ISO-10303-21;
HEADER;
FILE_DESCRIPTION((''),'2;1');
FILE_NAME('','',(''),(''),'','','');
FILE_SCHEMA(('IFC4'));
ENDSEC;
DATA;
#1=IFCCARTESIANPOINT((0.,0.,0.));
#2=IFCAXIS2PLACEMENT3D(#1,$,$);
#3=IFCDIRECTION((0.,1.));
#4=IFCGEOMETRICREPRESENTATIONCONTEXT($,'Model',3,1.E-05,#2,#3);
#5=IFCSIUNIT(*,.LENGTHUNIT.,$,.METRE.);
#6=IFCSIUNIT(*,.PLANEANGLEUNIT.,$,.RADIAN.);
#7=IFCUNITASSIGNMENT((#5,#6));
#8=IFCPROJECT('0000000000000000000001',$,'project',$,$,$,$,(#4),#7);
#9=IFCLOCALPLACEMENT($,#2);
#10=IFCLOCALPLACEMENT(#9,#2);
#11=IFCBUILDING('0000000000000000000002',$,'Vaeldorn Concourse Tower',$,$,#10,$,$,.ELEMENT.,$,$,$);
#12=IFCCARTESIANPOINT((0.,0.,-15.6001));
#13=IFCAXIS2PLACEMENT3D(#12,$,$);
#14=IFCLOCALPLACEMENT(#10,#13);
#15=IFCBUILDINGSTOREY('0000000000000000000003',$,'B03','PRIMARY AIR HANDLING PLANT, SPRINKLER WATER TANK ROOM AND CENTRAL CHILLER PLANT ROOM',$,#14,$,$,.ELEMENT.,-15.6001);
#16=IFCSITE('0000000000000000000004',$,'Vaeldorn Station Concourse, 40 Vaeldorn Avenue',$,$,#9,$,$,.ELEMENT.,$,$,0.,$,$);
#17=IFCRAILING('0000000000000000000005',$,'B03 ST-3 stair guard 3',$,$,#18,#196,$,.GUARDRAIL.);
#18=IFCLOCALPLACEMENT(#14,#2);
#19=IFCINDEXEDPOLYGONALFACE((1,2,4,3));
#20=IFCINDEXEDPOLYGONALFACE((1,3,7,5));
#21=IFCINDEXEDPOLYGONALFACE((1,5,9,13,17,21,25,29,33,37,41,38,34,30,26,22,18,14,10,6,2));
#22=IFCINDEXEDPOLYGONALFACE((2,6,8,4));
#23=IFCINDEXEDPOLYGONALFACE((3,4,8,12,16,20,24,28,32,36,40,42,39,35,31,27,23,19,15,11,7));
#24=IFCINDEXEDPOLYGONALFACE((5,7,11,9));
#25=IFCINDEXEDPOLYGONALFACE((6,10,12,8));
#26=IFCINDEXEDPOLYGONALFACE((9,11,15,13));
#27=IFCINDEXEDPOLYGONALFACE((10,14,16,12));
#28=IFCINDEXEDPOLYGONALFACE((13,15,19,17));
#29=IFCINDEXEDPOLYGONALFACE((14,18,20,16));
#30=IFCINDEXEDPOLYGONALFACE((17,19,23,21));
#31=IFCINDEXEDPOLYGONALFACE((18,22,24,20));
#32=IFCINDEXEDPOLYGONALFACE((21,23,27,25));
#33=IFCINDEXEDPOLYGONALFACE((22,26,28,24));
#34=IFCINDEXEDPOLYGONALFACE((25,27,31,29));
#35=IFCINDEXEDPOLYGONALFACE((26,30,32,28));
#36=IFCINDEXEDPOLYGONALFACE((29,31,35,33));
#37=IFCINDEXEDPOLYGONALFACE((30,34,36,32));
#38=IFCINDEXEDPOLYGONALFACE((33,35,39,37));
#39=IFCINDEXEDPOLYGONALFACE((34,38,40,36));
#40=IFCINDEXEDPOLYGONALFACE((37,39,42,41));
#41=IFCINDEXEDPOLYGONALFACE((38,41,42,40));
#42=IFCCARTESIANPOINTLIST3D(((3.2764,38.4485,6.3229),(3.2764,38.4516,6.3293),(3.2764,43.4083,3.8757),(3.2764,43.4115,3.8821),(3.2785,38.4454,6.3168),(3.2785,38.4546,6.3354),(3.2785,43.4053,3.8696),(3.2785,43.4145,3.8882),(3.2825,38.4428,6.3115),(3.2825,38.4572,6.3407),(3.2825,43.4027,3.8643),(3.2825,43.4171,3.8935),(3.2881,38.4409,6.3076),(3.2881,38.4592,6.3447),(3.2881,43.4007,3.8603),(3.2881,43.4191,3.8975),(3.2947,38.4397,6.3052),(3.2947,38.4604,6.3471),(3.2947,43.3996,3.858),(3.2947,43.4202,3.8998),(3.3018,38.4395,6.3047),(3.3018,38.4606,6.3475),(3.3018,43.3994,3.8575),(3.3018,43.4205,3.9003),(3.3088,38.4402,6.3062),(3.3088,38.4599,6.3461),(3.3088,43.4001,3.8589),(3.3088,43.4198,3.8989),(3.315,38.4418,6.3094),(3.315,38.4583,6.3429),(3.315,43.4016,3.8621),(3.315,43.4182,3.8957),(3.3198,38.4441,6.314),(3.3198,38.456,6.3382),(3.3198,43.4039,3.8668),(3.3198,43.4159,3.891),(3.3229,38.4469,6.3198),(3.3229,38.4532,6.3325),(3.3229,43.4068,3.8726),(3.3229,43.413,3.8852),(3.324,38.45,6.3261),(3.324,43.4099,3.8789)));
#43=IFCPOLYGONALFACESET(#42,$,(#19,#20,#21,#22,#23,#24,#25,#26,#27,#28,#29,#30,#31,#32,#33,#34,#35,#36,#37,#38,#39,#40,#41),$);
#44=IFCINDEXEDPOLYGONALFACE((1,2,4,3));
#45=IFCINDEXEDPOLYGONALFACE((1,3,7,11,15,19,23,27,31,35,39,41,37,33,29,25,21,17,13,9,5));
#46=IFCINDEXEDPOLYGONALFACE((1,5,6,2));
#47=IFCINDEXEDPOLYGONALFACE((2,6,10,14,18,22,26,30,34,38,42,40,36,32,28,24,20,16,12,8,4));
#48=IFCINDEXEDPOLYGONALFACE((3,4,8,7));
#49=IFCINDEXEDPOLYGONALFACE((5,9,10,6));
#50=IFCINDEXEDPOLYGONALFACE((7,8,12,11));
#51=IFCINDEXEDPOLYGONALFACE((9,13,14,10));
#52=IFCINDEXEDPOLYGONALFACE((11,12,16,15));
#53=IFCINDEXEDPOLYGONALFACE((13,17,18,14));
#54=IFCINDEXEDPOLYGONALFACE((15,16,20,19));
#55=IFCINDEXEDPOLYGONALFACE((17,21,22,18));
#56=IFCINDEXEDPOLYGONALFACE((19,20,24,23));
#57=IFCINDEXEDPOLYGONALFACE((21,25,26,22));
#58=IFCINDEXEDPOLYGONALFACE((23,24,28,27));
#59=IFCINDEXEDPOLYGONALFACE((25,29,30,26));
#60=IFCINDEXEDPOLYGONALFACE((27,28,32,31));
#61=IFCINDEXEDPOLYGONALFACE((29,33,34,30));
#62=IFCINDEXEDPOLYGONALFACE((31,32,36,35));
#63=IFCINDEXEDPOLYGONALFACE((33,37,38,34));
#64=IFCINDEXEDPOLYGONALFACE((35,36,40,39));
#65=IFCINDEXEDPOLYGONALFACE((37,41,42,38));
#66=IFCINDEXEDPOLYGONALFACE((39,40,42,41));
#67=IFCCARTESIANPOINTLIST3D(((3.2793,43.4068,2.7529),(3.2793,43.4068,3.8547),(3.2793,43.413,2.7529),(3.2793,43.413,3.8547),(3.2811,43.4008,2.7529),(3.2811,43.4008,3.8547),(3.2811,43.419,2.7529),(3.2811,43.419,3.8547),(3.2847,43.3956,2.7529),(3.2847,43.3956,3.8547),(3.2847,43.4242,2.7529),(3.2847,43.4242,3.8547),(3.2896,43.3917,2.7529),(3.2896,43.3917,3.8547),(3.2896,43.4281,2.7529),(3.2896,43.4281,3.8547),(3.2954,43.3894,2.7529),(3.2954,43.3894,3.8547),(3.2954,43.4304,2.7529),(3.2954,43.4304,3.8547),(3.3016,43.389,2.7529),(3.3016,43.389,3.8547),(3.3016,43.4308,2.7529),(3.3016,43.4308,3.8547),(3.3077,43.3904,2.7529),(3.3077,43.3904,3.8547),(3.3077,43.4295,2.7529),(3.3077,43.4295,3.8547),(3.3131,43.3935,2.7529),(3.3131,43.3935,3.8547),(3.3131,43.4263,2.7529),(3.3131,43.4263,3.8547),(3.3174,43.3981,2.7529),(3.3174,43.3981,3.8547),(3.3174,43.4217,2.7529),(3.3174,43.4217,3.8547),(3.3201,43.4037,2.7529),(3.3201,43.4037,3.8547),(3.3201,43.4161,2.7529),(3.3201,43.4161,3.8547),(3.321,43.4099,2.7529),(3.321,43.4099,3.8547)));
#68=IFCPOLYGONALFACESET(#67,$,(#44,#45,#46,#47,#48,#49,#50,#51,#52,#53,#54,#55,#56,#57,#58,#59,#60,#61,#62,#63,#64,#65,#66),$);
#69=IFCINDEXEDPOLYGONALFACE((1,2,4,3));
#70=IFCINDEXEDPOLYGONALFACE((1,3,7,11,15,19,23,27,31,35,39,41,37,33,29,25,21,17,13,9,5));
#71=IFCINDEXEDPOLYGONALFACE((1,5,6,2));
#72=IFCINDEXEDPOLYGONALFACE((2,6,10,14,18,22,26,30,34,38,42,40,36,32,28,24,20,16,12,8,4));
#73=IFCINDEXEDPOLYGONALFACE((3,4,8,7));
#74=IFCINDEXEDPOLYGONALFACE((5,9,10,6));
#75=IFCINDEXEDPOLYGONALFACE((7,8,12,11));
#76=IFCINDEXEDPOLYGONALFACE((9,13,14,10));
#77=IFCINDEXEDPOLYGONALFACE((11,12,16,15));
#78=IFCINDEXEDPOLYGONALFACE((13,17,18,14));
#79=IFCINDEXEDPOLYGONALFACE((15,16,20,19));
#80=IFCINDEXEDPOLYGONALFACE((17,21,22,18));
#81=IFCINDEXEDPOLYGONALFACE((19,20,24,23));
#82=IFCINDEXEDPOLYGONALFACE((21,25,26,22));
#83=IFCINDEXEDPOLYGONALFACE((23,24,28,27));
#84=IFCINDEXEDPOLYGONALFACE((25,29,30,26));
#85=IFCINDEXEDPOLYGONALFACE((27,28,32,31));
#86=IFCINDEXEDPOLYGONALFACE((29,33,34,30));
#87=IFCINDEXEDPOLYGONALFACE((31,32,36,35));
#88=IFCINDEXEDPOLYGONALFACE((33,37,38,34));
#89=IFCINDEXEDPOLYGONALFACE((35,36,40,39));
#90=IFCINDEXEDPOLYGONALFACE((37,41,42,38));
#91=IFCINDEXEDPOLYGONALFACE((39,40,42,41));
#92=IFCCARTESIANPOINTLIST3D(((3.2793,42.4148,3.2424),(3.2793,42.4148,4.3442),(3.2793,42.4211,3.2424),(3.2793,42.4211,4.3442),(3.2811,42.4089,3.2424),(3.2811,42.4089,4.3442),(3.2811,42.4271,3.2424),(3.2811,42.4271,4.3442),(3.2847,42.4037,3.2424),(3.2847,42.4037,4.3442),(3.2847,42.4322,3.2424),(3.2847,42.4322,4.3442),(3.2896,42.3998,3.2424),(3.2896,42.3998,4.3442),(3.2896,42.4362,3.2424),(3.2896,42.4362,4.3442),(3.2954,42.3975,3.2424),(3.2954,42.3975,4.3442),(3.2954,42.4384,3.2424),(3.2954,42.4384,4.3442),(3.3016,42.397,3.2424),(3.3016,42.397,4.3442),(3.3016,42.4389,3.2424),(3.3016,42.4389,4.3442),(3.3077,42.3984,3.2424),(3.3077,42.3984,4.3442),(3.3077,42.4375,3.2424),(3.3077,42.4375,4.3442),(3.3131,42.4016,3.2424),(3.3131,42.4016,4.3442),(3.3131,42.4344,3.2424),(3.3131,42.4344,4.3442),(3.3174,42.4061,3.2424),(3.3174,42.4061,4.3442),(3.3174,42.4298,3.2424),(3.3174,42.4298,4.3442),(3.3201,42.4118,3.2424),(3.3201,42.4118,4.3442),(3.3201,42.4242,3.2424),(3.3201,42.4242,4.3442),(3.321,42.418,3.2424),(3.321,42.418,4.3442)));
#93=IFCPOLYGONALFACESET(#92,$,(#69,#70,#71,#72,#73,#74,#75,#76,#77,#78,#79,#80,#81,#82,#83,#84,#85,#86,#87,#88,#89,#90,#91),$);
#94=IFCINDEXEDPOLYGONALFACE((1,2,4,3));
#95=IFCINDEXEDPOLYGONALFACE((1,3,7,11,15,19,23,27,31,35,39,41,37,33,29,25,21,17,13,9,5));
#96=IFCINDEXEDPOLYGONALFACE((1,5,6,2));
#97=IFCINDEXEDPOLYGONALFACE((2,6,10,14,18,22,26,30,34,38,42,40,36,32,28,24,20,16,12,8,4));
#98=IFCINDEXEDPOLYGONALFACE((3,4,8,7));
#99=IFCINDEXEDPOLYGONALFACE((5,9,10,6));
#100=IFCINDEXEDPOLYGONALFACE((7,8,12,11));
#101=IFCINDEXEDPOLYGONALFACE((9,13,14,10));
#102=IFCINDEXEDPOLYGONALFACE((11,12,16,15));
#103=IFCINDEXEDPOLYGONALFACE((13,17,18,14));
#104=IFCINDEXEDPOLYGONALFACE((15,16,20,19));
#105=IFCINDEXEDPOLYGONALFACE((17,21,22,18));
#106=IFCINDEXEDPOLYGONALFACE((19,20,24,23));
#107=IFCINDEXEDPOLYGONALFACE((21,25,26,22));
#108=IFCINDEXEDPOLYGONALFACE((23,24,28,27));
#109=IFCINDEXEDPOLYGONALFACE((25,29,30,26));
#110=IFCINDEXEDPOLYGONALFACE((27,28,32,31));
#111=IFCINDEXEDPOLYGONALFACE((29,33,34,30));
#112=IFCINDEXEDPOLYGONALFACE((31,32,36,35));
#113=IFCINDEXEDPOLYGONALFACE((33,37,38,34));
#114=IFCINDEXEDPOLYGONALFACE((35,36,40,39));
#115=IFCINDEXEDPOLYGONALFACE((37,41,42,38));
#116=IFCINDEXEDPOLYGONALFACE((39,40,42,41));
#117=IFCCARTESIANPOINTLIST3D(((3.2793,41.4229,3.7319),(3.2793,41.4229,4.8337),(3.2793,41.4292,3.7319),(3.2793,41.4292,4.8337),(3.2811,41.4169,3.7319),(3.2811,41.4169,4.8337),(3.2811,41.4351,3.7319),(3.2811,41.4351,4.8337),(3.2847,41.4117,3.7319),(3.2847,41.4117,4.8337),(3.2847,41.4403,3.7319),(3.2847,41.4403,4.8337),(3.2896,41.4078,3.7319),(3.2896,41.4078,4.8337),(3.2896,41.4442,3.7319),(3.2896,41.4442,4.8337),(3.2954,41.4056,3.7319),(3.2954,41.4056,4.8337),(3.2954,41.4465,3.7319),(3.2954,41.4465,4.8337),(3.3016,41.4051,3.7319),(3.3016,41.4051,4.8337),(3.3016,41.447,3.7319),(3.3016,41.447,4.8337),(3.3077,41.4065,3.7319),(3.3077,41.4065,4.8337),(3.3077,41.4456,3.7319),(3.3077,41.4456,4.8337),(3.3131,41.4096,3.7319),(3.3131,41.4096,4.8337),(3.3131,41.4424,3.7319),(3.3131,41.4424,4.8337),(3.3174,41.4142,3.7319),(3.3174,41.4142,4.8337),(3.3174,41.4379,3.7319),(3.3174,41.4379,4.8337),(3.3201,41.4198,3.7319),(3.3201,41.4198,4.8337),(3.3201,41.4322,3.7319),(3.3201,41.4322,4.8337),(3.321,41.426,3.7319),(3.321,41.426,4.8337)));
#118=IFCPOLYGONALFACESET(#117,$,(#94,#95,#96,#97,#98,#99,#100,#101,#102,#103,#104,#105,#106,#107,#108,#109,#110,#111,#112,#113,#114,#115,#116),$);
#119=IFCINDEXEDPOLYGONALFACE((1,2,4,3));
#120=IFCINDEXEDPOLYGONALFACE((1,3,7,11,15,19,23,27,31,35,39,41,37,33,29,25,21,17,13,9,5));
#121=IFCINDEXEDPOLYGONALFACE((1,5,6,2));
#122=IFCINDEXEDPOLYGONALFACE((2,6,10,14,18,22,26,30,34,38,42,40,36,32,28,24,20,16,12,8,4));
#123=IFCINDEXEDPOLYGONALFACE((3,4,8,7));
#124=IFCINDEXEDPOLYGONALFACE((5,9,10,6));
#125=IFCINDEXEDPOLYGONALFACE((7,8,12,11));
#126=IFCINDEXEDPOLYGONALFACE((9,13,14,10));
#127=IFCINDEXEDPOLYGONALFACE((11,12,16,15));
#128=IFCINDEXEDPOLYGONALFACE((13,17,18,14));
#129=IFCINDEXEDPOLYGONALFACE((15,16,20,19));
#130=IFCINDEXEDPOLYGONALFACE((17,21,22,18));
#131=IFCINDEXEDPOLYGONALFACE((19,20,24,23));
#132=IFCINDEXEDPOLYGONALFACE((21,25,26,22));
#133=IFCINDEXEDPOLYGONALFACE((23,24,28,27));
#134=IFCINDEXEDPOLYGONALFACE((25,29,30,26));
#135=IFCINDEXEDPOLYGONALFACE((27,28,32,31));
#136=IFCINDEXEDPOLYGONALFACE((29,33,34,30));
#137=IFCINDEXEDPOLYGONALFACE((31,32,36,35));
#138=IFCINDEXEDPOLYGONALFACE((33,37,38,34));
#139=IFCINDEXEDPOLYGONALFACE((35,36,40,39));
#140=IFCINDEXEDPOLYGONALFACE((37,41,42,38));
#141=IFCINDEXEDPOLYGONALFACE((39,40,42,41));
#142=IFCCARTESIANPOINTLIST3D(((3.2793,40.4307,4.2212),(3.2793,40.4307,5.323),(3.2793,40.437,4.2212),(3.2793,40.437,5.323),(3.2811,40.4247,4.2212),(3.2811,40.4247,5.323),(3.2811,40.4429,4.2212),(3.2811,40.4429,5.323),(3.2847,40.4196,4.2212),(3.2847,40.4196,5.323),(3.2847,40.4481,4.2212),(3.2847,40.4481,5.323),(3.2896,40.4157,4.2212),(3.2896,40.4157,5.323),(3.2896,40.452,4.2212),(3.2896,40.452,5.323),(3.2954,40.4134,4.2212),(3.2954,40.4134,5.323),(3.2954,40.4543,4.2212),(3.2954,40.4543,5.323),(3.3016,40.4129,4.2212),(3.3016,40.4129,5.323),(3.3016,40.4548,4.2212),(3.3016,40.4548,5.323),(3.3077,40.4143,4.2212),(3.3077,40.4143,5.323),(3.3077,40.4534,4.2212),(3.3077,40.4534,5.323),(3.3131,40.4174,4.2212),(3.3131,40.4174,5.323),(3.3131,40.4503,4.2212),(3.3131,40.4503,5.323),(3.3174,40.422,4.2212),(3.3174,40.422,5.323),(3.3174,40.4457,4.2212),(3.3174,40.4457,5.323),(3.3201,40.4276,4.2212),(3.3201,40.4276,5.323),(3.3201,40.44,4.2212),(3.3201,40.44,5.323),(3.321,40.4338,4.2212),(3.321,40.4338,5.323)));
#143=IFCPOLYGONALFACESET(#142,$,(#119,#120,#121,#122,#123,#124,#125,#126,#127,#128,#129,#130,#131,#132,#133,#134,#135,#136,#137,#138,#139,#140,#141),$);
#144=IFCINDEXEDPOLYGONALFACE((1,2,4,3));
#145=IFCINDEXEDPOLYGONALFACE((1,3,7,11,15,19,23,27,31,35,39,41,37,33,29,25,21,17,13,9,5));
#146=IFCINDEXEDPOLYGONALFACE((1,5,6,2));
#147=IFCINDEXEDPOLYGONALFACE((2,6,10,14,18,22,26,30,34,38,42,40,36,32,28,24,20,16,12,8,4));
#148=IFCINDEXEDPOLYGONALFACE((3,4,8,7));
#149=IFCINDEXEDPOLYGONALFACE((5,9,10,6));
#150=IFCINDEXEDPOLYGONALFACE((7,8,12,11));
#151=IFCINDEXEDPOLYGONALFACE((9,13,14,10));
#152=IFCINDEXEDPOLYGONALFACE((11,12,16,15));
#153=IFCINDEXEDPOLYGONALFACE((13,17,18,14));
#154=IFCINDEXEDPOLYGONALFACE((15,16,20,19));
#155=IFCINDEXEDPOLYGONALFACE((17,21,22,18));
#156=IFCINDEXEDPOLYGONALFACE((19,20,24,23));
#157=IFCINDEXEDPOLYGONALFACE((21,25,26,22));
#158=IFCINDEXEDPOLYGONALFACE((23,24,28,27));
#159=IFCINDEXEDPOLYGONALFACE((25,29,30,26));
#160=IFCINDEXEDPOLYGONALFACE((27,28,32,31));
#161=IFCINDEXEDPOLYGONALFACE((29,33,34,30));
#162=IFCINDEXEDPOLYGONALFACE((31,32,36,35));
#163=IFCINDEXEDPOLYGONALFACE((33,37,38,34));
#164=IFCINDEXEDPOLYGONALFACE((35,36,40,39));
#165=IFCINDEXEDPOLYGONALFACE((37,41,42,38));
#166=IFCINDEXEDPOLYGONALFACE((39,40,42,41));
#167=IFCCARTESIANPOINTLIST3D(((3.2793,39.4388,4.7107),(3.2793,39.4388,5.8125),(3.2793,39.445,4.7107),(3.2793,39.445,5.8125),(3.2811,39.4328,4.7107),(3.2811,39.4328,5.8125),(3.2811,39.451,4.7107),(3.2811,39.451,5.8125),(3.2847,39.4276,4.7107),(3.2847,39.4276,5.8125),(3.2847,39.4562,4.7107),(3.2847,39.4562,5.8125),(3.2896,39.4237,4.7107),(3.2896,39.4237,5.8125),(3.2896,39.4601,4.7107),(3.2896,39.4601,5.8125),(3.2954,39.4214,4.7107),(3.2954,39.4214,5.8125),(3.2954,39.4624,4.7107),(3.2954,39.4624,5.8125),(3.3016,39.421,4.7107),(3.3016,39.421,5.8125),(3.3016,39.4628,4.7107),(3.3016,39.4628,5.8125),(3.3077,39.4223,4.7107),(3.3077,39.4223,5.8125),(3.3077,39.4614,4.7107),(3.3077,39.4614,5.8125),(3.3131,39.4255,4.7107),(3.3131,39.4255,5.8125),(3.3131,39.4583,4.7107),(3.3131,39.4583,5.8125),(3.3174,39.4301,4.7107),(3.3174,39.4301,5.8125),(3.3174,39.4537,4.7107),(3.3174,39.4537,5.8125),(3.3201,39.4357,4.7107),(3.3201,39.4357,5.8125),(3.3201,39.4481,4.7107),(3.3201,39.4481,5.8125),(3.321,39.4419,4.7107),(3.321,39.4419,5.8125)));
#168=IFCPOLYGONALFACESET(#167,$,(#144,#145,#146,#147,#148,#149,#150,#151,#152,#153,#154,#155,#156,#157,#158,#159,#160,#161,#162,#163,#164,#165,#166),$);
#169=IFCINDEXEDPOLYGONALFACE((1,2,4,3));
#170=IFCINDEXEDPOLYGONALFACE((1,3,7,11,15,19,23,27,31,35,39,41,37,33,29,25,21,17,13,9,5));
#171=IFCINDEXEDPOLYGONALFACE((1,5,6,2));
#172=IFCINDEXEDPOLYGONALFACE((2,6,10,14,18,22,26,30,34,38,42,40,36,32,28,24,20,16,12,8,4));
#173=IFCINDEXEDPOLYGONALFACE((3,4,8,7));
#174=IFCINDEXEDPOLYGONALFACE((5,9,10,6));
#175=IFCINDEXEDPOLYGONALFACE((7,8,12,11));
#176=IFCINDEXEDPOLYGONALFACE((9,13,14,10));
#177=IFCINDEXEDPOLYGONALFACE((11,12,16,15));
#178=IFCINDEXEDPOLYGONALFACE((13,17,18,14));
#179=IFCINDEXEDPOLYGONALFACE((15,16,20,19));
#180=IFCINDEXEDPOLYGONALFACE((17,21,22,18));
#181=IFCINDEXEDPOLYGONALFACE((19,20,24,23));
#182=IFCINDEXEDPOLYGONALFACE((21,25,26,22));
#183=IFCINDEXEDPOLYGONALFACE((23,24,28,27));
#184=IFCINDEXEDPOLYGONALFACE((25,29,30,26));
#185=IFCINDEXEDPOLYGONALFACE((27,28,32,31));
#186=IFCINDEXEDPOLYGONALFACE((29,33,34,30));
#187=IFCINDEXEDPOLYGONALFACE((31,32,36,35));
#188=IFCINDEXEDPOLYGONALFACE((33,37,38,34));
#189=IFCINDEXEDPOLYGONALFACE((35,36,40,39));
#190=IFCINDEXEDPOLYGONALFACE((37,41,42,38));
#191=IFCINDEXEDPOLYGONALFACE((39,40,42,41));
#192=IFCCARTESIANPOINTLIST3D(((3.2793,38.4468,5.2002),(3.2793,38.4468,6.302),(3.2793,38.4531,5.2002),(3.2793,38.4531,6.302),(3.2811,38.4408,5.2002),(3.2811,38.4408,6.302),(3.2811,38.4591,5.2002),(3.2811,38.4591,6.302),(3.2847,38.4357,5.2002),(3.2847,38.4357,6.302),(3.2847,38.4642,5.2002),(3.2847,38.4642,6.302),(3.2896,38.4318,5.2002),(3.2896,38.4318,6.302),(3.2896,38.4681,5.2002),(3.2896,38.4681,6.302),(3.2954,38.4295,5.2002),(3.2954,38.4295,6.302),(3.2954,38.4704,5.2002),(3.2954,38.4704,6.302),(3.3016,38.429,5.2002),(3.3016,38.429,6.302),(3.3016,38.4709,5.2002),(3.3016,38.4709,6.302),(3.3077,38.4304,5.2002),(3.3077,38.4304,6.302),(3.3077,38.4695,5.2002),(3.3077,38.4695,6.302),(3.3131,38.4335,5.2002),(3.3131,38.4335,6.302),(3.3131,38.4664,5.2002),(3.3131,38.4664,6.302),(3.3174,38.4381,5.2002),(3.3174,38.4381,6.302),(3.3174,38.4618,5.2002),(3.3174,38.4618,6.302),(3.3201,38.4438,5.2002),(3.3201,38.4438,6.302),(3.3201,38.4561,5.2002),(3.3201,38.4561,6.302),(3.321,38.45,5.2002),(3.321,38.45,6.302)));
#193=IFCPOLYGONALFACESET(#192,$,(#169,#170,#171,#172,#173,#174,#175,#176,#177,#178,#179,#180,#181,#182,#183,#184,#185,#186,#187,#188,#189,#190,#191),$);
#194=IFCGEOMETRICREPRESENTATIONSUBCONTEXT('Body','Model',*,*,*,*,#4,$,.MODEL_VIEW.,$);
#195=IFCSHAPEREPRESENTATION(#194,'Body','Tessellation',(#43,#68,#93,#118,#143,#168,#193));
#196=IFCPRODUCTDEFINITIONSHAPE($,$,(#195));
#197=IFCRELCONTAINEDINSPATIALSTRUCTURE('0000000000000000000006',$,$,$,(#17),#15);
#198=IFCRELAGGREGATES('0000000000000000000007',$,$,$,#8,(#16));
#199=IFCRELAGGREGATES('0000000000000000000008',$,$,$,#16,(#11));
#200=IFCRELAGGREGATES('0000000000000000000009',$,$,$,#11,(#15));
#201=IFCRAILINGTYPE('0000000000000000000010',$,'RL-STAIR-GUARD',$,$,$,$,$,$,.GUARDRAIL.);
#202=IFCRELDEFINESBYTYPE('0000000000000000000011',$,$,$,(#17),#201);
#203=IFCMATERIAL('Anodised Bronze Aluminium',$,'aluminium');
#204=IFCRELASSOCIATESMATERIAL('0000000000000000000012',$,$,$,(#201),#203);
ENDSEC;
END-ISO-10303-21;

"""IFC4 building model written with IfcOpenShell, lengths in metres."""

from ifc_helpers import new_model, si_unit, direction, frame, origin, origin_2d, place, context, subcontext, project, spatial, circle, extrude, material, type_object, element, save


model = new_model("IFC4")

# Units and contexts
model_context = context("Model", 3, precision=1e-05, world=origin(), true_north=direction((0.0, 1.0)))
body_context = subcontext(model_context, "Body", "Model", "MODEL_VIEW")
ifc_project = project(units=[si_unit("LENGTHUNIT", "METRE"), si_unit("PLANEANGLEUNIT", "RADIAN")], contexts=[model_context])

# Site, building, storey
site_placement = place(None, origin())
site = spatial("IfcSite", under=ifc_project, at=site_placement, Name="Vaeldorn Station Concourse, 40 Vaeldorn Avenue", CompositionType="ELEMENT", RefElevation=0.0)
building_placement = place(site_placement, origin())
building = spatial("IfcBuilding", under=site, at=building_placement, Name="Vaeldorn Concourse Tower", CompositionType="ELEMENT")
storey_placement = place(building_placement, frame((0.0, 0.0, -15.6001)))
storey = spatial("IfcBuildingStorey", under=building, at=storey_placement, Name="B03", Description="PRIMARY AIR HANDLING PLANT, SPRINKLER WATER TANK ROOM AND CENTRAL CHILLER PLANT ROOM", CompositionType="ELEMENT", Elevation=-15.6001)

# Railing
ifc_material_1 = material(Name="Anodised Bronze Aluminium", Category="aluminium")
railing_type_1 = type_object("IfcRailingType", Name="RL-STAIR-GUARD", PredefinedType="GUARDRAIL", material=ifc_material_1)
railing_1_placement = place(storey_placement, frame((3.3, 43.4099, 2.7529)))
element("IfcRailing", 1, at=railing_1_placement, inside=storey, type_object=railing_type_1, Name="B03 ST-3 stair guard 3", PredefinedType="GUARDRAIL", context=body_context, shape_type="SweptSolid", body=[
    extrude(circle(Radius=0.0239, at=origin_2d()), frame((0.0, 0.0, 1.126), z_axis=(0.0, -0.896781, 0.442475), x_axis=(1.0, 0.0, 0.0)), (0.0, 0.0, 1.0), 5.5308),
    extrude(circle(Radius=0.021, at=origin_2d()), origin(), (0.0, 0.0, 1.0), 1.1018),
    extrude(circle(Radius=0.021, at=origin_2d()), frame((0.0, -0.9919, 0.4895)), (0.0, 0.0, 1.0), 1.1018),
    extrude(circle(Radius=0.021, at=origin_2d()), frame((0.0, -1.9839, 0.979)), (0.0, 0.0, 1.0), 1.1018),
    extrude(circle(Radius=0.021, at=origin_2d()), frame((0.0, -2.9761, 1.4683)), (0.0, 0.0, 1.0), 1.1018),
    extrude(circle(Radius=0.021, at=origin_2d()), frame((0.0, -3.968, 1.9578)), (0.0, 0.0, 1.0), 1.1018),
    extrude(circle(Radius=0.021, at=origin_2d()), frame((0.0, -4.96, 2.4473)), (0.0, 0.0, 1.0), 1.1018),
])

save(model, "model.ifc")
